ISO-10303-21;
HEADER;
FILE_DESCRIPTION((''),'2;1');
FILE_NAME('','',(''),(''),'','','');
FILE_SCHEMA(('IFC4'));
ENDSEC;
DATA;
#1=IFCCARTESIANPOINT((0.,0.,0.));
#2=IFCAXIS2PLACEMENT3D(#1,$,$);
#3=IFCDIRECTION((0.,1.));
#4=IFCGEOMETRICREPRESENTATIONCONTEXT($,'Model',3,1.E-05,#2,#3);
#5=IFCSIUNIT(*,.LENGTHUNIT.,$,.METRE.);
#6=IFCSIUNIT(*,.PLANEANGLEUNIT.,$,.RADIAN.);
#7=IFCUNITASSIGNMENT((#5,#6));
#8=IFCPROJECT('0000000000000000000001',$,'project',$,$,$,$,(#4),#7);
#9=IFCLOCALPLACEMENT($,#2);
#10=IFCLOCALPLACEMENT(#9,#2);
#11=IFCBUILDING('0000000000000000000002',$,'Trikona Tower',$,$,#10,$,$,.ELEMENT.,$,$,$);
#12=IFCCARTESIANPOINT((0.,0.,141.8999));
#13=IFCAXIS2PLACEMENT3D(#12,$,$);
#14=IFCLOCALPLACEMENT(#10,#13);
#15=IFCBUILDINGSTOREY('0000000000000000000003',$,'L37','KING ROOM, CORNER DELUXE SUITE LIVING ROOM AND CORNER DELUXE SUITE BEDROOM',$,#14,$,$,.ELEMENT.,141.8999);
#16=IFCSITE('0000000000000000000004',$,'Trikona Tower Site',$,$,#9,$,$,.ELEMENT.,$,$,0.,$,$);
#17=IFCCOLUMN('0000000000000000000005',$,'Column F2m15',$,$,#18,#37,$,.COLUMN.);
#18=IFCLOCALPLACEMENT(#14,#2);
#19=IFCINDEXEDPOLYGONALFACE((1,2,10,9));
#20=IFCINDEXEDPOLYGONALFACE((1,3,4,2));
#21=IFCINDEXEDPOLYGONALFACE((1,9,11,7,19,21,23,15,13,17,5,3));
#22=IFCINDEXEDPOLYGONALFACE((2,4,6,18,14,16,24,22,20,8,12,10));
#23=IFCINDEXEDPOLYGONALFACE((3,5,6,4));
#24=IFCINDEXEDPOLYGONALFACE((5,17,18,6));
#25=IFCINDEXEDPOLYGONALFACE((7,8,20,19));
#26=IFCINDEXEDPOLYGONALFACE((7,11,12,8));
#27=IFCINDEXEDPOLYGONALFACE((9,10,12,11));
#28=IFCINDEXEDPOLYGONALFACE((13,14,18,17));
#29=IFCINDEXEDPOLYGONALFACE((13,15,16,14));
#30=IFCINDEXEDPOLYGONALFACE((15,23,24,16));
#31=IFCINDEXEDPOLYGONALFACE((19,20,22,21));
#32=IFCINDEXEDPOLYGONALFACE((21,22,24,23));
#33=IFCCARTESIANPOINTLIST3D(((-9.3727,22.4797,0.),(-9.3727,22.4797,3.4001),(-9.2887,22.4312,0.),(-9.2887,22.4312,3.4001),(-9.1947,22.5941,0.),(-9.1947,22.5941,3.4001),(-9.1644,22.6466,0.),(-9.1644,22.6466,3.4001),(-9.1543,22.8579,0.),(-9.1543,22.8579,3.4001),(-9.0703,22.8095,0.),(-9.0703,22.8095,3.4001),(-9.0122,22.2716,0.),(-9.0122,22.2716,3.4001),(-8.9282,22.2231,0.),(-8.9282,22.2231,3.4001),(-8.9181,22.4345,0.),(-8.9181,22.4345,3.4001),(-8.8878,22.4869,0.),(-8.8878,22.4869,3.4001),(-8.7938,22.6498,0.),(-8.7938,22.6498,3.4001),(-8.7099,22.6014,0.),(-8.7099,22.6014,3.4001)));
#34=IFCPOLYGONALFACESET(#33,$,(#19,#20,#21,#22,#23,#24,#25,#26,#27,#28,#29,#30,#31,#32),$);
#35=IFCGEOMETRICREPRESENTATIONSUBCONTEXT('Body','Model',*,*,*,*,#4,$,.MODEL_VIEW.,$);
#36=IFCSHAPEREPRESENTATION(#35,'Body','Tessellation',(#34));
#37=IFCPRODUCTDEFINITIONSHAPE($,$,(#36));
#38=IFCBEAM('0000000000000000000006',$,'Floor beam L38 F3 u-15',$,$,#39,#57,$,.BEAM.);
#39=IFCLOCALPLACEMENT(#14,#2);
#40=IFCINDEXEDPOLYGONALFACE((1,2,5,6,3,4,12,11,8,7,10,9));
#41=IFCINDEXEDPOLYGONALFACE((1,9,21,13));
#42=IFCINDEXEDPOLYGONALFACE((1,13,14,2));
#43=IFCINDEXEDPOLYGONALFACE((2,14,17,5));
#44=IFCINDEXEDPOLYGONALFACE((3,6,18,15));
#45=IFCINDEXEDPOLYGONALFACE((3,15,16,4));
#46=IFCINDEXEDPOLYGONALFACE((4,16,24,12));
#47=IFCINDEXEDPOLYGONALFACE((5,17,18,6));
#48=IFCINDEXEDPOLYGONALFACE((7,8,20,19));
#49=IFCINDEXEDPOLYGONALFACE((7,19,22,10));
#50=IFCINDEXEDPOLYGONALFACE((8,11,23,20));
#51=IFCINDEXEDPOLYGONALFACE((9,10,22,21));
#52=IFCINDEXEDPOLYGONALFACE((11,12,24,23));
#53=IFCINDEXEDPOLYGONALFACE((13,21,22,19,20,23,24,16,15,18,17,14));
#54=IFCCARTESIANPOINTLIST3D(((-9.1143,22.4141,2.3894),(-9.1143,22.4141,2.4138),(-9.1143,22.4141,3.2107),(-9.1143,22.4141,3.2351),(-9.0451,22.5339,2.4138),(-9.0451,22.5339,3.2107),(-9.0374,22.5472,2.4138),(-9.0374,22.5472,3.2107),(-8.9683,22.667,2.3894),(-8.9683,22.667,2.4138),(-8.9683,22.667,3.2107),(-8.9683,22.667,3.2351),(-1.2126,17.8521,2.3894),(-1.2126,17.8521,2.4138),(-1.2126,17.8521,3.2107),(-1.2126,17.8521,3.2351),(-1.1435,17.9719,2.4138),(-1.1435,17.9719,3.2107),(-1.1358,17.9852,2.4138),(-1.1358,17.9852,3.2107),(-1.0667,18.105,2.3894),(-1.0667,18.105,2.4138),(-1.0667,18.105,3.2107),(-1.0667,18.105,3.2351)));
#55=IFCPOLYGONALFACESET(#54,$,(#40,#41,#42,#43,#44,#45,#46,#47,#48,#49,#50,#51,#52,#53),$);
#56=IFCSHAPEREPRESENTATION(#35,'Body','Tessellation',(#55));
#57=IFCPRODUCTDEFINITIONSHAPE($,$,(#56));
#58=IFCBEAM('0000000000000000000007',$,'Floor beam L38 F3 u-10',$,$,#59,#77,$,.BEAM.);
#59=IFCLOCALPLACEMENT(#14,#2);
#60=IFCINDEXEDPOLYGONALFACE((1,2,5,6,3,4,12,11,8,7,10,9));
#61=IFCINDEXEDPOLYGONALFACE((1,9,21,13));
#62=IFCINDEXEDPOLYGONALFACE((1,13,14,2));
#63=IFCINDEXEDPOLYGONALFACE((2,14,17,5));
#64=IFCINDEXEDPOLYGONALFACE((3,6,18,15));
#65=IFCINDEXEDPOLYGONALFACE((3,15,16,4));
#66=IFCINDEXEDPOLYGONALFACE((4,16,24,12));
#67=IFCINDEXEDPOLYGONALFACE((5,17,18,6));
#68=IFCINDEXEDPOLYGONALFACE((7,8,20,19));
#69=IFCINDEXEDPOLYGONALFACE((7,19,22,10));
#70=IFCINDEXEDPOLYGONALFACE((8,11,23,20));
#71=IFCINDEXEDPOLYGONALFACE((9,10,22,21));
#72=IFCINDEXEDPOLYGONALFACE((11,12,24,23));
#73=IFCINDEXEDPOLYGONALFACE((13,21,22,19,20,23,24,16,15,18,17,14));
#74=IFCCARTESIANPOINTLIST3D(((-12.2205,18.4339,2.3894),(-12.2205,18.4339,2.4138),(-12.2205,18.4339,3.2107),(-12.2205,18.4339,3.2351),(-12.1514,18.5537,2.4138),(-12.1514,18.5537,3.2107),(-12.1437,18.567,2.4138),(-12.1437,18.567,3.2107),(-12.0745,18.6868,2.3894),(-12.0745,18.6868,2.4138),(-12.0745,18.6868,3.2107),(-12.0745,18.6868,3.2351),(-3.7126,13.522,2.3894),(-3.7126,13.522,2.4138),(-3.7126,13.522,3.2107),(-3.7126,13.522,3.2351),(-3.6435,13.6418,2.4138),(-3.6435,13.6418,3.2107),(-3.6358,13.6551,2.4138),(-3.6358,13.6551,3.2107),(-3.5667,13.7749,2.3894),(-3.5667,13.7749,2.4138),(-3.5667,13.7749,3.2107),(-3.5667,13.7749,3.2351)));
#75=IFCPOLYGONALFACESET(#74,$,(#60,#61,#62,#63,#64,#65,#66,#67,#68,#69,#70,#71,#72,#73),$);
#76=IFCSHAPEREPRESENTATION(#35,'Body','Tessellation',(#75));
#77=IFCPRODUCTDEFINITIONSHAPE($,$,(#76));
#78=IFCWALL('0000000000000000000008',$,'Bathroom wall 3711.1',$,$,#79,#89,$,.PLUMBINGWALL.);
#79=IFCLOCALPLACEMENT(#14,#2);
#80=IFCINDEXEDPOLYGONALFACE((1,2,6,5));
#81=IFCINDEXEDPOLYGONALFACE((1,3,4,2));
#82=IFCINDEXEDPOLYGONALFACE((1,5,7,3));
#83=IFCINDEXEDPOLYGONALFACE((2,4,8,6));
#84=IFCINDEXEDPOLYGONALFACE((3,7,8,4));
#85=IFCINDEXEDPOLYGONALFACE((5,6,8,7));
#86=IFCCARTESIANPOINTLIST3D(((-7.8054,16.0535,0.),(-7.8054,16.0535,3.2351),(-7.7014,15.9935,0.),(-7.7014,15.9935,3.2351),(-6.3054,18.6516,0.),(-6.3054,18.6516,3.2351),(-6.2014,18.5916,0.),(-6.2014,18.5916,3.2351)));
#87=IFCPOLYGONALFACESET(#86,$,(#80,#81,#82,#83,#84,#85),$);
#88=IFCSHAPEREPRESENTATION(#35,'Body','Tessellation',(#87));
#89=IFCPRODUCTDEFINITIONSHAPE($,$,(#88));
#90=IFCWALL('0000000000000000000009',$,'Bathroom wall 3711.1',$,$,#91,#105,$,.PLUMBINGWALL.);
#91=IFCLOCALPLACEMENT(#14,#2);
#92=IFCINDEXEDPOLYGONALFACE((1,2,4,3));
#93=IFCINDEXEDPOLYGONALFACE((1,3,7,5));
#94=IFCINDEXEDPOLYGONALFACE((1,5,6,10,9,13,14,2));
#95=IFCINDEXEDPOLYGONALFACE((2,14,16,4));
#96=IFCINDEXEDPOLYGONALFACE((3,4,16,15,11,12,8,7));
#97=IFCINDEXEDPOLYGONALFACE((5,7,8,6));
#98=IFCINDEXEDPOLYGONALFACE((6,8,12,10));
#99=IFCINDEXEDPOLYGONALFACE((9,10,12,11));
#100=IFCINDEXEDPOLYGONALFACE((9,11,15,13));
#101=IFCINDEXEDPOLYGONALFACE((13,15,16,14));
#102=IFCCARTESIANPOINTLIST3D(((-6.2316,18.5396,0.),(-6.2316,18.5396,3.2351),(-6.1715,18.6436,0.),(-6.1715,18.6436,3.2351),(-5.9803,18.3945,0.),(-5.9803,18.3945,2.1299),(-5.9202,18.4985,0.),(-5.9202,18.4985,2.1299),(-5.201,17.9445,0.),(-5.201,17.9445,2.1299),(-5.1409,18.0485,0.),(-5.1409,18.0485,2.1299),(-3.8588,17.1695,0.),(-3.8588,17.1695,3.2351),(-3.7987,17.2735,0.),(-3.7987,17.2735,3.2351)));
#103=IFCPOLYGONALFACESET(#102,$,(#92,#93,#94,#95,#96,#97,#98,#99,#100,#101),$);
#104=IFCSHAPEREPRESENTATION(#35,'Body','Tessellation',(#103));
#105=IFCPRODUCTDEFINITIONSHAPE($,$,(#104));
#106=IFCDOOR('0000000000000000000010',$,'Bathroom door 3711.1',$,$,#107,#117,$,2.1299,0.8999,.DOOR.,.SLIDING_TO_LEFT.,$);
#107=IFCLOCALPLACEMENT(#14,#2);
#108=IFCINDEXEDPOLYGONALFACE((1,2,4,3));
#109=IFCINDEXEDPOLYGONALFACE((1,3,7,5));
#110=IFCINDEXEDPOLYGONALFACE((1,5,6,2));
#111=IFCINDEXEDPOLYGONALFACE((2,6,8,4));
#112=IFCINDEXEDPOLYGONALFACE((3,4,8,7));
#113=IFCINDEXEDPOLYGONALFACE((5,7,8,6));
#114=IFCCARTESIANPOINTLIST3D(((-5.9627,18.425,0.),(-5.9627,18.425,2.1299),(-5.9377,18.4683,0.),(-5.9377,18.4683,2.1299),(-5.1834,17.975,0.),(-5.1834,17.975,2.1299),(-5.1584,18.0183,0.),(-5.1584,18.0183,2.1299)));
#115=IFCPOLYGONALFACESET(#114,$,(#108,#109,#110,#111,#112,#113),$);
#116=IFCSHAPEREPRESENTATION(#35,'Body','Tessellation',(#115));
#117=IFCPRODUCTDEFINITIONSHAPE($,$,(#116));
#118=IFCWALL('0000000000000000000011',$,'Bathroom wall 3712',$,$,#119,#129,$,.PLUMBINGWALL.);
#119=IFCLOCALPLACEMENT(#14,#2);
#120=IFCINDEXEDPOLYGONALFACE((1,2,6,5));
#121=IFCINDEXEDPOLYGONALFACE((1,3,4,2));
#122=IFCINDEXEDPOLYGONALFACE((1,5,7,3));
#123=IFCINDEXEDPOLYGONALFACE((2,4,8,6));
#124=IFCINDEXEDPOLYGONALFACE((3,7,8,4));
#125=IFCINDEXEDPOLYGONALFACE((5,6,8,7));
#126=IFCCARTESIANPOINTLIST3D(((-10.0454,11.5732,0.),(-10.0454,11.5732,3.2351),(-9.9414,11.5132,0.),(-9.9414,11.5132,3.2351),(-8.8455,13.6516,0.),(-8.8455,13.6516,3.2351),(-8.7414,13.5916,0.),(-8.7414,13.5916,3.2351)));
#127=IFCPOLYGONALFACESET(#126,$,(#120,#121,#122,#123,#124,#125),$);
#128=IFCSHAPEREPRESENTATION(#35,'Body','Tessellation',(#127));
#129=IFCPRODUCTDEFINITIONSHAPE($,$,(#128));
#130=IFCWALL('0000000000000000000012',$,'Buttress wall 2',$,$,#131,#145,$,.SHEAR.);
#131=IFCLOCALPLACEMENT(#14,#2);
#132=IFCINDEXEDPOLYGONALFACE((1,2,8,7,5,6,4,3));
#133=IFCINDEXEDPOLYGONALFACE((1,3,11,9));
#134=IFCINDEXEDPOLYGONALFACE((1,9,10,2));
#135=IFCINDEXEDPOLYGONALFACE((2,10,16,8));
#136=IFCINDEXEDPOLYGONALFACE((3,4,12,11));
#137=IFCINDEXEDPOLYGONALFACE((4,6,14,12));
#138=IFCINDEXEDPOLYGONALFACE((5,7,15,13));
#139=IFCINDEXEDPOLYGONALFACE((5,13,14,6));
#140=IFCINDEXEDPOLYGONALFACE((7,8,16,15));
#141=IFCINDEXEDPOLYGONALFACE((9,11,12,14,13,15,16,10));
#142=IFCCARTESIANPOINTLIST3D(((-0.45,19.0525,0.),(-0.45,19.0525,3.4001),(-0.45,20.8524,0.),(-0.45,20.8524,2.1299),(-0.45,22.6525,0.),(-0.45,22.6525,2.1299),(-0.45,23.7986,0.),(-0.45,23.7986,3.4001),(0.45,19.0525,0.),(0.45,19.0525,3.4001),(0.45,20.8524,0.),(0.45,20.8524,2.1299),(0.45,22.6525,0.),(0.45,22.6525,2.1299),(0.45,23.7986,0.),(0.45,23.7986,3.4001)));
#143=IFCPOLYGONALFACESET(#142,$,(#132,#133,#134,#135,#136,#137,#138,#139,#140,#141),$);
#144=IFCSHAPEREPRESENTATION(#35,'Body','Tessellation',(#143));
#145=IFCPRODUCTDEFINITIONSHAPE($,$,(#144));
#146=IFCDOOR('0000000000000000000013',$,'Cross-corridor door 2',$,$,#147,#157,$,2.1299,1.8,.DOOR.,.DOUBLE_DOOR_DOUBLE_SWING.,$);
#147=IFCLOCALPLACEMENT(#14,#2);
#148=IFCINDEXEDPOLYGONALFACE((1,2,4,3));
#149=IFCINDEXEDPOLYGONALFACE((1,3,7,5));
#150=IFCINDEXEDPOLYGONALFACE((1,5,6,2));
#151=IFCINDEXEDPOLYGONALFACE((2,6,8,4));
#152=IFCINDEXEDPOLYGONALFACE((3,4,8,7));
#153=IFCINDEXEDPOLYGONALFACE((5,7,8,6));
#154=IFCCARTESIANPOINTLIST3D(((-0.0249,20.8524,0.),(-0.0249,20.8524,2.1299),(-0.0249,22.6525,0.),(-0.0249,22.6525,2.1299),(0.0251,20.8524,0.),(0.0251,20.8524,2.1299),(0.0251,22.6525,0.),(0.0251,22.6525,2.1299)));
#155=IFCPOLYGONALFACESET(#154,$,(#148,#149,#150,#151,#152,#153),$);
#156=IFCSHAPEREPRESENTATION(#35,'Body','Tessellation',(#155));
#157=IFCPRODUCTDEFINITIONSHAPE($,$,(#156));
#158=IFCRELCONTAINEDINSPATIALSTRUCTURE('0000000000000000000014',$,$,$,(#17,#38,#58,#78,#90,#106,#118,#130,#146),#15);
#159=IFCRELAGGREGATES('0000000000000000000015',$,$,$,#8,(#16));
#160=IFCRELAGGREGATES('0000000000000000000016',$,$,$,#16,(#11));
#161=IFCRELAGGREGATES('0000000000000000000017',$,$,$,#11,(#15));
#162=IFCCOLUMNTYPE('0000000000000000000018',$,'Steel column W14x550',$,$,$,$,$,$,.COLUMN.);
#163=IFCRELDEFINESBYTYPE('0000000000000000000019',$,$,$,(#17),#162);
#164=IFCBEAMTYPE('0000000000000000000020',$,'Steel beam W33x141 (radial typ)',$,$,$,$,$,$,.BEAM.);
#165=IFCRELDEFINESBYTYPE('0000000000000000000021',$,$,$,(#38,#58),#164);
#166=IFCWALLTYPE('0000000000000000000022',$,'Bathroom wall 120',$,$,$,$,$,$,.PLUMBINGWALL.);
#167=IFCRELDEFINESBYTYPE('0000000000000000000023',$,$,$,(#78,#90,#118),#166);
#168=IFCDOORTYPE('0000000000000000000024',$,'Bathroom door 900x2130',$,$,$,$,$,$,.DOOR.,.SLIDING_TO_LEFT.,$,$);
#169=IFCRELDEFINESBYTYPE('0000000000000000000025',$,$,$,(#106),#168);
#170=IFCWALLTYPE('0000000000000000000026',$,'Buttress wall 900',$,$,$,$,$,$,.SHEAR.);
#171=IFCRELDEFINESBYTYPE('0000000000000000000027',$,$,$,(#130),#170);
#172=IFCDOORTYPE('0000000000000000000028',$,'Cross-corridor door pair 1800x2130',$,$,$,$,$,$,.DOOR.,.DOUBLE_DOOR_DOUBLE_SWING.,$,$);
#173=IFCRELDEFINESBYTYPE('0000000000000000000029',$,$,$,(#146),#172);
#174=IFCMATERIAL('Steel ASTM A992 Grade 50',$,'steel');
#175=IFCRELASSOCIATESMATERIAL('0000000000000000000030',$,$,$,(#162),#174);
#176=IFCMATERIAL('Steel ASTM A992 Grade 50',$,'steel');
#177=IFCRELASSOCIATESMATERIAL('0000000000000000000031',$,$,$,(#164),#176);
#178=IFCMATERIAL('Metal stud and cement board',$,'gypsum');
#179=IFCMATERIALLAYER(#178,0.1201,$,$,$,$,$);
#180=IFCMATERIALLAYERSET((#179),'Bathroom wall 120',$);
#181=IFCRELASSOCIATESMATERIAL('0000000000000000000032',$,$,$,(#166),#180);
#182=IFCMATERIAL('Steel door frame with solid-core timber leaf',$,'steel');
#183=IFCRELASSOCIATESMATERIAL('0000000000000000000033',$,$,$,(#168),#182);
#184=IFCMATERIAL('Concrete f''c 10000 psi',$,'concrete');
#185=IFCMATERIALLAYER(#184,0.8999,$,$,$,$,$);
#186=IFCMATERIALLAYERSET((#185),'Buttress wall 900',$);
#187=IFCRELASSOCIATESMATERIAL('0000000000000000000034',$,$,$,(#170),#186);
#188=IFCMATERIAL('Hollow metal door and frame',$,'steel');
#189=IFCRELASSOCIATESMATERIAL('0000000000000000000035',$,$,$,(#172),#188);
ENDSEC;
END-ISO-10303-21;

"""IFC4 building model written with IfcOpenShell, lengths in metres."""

from ifc_helpers import new_model, si_unit, direction, frame, frame_2d, origin, origin_2d, place, context, subcontext, project, spatial, rectangle, i_section, extrude, material, layer, layer_set, material_profile, profile_set, type_object, element, fill, save


model = new_model("IFC4")

# Units and contexts
model_context = context("Model", 3, precision=1e-05, world=origin(), true_north=direction((0.0, 1.0)))
body_context = subcontext(model_context, "Body", "Model", "MODEL_VIEW")
ifc_project = project(units=[si_unit("LENGTHUNIT", "METRE"), si_unit("PLANEANGLEUNIT", "RADIAN")], contexts=[model_context])

# Site, building, storey
site_placement = place(None, origin())
site = spatial("IfcSite", under=ifc_project, at=site_placement, Name="Trikona Tower Site", CompositionType="ELEMENT", RefElevation=0.0)
building_placement = place(site_placement, origin())
building = spatial("IfcBuilding", under=site, at=building_placement, Name="Trikona Tower", CompositionType="ELEMENT")
storey_placement = place(building_placement, frame((0.0, 0.0, 141.8999)))
storey = spatial("IfcBuildingStorey", under=building, at=storey_placement, Name="L37", Description="KING ROOM, CORNER DELUXE SUITE LIVING ROOM AND CORNER DELUXE SUITE BEDROOM", CompositionType="ELEMENT", Elevation=141.8999)

# Column
ifc_material_1 = material(Name="Steel ASTM A992 Grade 50", Category="steel")
ifc_material_profile_1 = material_profile(ifc_material_1, i_section(OverallWidth=0.4368, OverallDepth=0.5132, WebThickness=0.0605, FlangeThickness=0.0969, at=origin_2d()), Name="W14X550")
ifc_profile_set_1 = profile_set([ifc_material_profile_1], Name="Steel ASTM A992 Grade 50")
column_type = type_object("IfcColumnType", Name="Steel column W14x550", PredefinedType="COLUMN", material=ifc_profile_set_1)
column_placement = place(storey_placement, frame((-9.0413, 22.5405, 0.0), z_axis=(0.0, 0.0, 1.0), x_axis=(-0.5, -0.866025, 0.0)))
element("IfcColumn", 1, at=column_placement, inside=storey, type_object=column_type, Name="Column F2m15", PredefinedType="COLUMN", context=body_context, shape_type="SweptSolid", body=[
    extrude(i_section(OverallWidth=0.4368, OverallDepth=0.5132, WebThickness=0.0605, FlangeThickness=0.0969, at=origin_2d()), origin(), (0.0, 0.0, 1.0), 3.4001),
])

# Beams
ifc_material_2 = material(Name="Steel ASTM A992 Grade 50", Category="steel")
ifc_material_profile_2 = material_profile(ifc_material_2, i_section(OverallWidth=0.292, OverallDepth=0.8457, WebThickness=0.0154, FlangeThickness=0.0244, at=origin_2d()), Name="W33X141")
ifc_profile_set_2 = profile_set([ifc_material_profile_2], Name="Steel ASTM A992 Grade 50")
beam_type = type_object("IfcBeamType", Name="Steel beam W33x141 (radial typ)", PredefinedType="BEAM", material=ifc_profile_set_2)
beam_1_placement = place(storey_placement, frame((-1.1396, 17.9785, 2.8123), z_axis=(-0.866025, 0.500001, 0.0), x_axis=(-0.500001, -0.866025, 0.0)))
element("IfcBeam", 2, at=beam_1_placement, inside=storey, type_object=beam_type, Name="Floor beam L38 F3 u-15", PredefinedType="BEAM", context=body_context, shape_type="SweptSolid", body=[
    extrude(i_section(OverallWidth=0.292, OverallDepth=0.8457, WebThickness=0.0154, FlangeThickness=0.0244, at=origin_2d()), origin(), (0.0, 0.0, 1.0), 9.124),
])
beam_2_placement = place(storey_placement, frame((-3.6396, 13.6484, 2.8123), z_axis=(-0.866031, 0.499991, 0.0), x_axis=(-0.499991, -0.866031, 0.0)))
element("IfcBeam", 3, at=beam_2_placement, inside=storey, type_object=beam_type, Name="Floor beam L38 F3 u-10", PredefinedType="BEAM", context=body_context, shape_type="SweptSolid", body=[
    extrude(i_section(OverallWidth=0.292, OverallDepth=0.8457, WebThickness=0.0154, FlangeThickness=0.0244, at=origin_2d()), origin(), (0.0, 0.0, 1.0), 9.824),
])

# Wall
ifc_material_3 = material(Name="Metal stud and cement board", Category="gypsum")
ifc_layer_1 = layer(ifc_material_3, 0.1201)
ifc_layer_set_1 = layer_set([ifc_layer_1], Name="Bathroom wall 120")
wall_type_1 = type_object("IfcWallType", Name="Bathroom wall 120", PredefinedType="PLUMBINGWALL", material=ifc_layer_set_1)
wall_1_placement = place(storey_placement, frame((-6.2534, 18.6216, 0.0), z_axis=(0.0, 0.0, 1.0), x_axis=(-0.49999, -0.866031, 0.0)))
element("IfcWall", 4, at=wall_1_placement, inside=storey, type_object=wall_type_1, Name="Bathroom wall 3711.1", PredefinedType="PLUMBINGWALL", context=body_context, shape_type="SweptSolid", body=[
    extrude(rectangle(XDim=3.0, YDim=0.1201, at=frame_2d((1.5, 0.0))), origin(), (0.0, 0.0, 1.0), 3.2351),
])

# Wall, opening, door
wall_2_placement = place(storey_placement, frame((-3.8286, 17.2214, 0.0), z_axis=(0.0, 0.0, 1.0), x_axis=(-0.865997, 0.500049, 0.0)))
wall_2 = element("IfcWall", 5, at=wall_2_placement, inside=storey, type_object=wall_type_1, Name="Bathroom wall 3711.1", PredefinedType="PLUMBINGWALL", context=body_context, shape_type="SweptSolid", body=[
    extrude(rectangle(XDim=2.74, YDim=0.1201, at=frame_2d((1.3701, 0.0))), origin(), (0.0, 0.0, 1.0), 3.2351),
])
opening_1_placement = place(wall_2_placement, frame((1.55, 0.0, 0.0)))
opening_1 = element("IfcOpeningElement", 6, at=opening_1_placement, cuts=wall_2, PredefinedType="OPENING", context=body_context, shape_type="SweptSolid", body=[
    extrude(rectangle(XDim=0.8999, YDim=2.1299, at=frame_2d((0.45, 1.0649))), frame((0.0, 0.0701, 0.0), z_axis=(0.0, -1.0, 0.0), x_axis=(1.0, 0.0, 0.0)), (0.0, 0.0, 1.0), 0.1401),
])
ifc_material_4 = material(Name="Steel door frame with solid-core timber leaf", Category="steel")
door_type_1 = type_object("IfcDoorType", Name="Bathroom door 900x2130", OperationType="SLIDING_TO_LEFT", PredefinedType="DOOR", material=ifc_material_4)
door_1_placement = place(opening_1_placement, origin())
door_1 = element("IfcDoor", 7, at=door_1_placement, inside=storey, type_object=door_type_1, Name="Bathroom door 3711.1", OperationType="SLIDING_TO_LEFT", OverallHeight=2.1299, OverallWidth=0.8999, PredefinedType="DOOR", context=body_context, shape_type="SweptSolid", body=[
    extrude(rectangle(XDim=0.8999, YDim=2.1299, at=frame_2d((0.45, 1.0649))), frame((0.0, 0.0249, 0.0), z_axis=(0.0, -1.0, 0.0), x_axis=(1.0, 0.0, 0.0)), (0.0, 0.0, 1.0), 0.05),
])
fill(opening_1, door_1)

# Wall
wall_3_placement = place(storey_placement, frame((-8.7935, 13.6216, 0.0), z_axis=(0.0, 0.0, 1.0), x_axis=(-0.500001, -0.866025, 0.0)))
element("IfcWall", 8, at=wall_3_placement, inside=storey, type_object=wall_type_1, Name="Bathroom wall 3712", PredefinedType="PLUMBINGWALL", context=body_context, shape_type="SweptSolid", body=[
    extrude(rectangle(XDim=2.3999, YDim=0.1201, at=frame_2d((1.2, 0.0))), origin(), (0.0, 0.0, 1.0), 3.2351),
])

# Wall, opening, door
ifc_material_5 = material(Name="Concrete f'c 10000 psi", Category="concrete")
ifc_layer_2 = layer(ifc_material_5, 0.8999)
ifc_layer_set_2 = layer_set([ifc_layer_2], Name="Buttress wall 900")
wall_type_2 = type_object("IfcWallType", Name="Buttress wall 900", PredefinedType="SHEAR", material=ifc_layer_set_2)
wall_4_placement = place(storey_placement, frame((0.0, 19.0525, 0.0), z_axis=(0.0, 0.0, 1.0), x_axis=(0.0, 1.0, 0.0)))
wall_4 = element("IfcWall", 9, at=wall_4_placement, inside=storey, type_object=wall_type_2, Name="Buttress wall 2", PredefinedType="SHEAR", context=body_context, shape_type="SweptSolid", body=[
    extrude(rectangle(XDim=4.7461, YDim=0.8999, at=frame_2d((2.373, 0.0))), origin(), (0.0, 0.0, 1.0), 3.4001),
])
opening_2_placement = place(wall_4_placement, frame((1.8, 0.0, 0.0)))
opening_2 = element("IfcOpeningElement", 10, at=opening_2_placement, cuts=wall_4, PredefinedType="OPENING", context=body_context, shape_type="SweptSolid", body=[
    extrude(rectangle(XDim=1.8, YDim=2.1299, at=frame_2d((0.8999, 1.0649))), frame((0.0, 0.46, 0.0), z_axis=(0.0, -1.0, 0.0), x_axis=(1.0, 0.0, 0.0)), (0.0, 0.0, 1.0), 0.9199),
])
ifc_material_6 = material(Name="Hollow metal door and frame", Category="steel")
door_type_2 = type_object("IfcDoorType", Name="Cross-corridor door pair 1800x2130", OperationType="DOUBLE_DOOR_DOUBLE_SWING", PredefinedType="DOOR", material=ifc_material_6)
door_2_placement = place(opening_2_placement, origin())
door_2 = element("IfcDoor", 11, at=door_2_placement, inside=storey, type_object=door_type_2, Name="Cross-corridor door 2", OperationType="DOUBLE_DOOR_DOUBLE_SWING", OverallHeight=2.1299, OverallWidth=1.8, PredefinedType="DOOR", context=body_context, shape_type="SweptSolid", body=[
    extrude(rectangle(XDim=1.8, YDim=2.1299, at=frame_2d((0.8999, 1.0649))), frame((0.0, 0.0249, 0.0), z_axis=(0.0, -1.0, 0.0), x_axis=(1.0, 0.0, 0.0)), (0.0, 0.0, 1.0), 0.05),
])
fill(opening_2, door_2)

save(model, "model.ifc")
